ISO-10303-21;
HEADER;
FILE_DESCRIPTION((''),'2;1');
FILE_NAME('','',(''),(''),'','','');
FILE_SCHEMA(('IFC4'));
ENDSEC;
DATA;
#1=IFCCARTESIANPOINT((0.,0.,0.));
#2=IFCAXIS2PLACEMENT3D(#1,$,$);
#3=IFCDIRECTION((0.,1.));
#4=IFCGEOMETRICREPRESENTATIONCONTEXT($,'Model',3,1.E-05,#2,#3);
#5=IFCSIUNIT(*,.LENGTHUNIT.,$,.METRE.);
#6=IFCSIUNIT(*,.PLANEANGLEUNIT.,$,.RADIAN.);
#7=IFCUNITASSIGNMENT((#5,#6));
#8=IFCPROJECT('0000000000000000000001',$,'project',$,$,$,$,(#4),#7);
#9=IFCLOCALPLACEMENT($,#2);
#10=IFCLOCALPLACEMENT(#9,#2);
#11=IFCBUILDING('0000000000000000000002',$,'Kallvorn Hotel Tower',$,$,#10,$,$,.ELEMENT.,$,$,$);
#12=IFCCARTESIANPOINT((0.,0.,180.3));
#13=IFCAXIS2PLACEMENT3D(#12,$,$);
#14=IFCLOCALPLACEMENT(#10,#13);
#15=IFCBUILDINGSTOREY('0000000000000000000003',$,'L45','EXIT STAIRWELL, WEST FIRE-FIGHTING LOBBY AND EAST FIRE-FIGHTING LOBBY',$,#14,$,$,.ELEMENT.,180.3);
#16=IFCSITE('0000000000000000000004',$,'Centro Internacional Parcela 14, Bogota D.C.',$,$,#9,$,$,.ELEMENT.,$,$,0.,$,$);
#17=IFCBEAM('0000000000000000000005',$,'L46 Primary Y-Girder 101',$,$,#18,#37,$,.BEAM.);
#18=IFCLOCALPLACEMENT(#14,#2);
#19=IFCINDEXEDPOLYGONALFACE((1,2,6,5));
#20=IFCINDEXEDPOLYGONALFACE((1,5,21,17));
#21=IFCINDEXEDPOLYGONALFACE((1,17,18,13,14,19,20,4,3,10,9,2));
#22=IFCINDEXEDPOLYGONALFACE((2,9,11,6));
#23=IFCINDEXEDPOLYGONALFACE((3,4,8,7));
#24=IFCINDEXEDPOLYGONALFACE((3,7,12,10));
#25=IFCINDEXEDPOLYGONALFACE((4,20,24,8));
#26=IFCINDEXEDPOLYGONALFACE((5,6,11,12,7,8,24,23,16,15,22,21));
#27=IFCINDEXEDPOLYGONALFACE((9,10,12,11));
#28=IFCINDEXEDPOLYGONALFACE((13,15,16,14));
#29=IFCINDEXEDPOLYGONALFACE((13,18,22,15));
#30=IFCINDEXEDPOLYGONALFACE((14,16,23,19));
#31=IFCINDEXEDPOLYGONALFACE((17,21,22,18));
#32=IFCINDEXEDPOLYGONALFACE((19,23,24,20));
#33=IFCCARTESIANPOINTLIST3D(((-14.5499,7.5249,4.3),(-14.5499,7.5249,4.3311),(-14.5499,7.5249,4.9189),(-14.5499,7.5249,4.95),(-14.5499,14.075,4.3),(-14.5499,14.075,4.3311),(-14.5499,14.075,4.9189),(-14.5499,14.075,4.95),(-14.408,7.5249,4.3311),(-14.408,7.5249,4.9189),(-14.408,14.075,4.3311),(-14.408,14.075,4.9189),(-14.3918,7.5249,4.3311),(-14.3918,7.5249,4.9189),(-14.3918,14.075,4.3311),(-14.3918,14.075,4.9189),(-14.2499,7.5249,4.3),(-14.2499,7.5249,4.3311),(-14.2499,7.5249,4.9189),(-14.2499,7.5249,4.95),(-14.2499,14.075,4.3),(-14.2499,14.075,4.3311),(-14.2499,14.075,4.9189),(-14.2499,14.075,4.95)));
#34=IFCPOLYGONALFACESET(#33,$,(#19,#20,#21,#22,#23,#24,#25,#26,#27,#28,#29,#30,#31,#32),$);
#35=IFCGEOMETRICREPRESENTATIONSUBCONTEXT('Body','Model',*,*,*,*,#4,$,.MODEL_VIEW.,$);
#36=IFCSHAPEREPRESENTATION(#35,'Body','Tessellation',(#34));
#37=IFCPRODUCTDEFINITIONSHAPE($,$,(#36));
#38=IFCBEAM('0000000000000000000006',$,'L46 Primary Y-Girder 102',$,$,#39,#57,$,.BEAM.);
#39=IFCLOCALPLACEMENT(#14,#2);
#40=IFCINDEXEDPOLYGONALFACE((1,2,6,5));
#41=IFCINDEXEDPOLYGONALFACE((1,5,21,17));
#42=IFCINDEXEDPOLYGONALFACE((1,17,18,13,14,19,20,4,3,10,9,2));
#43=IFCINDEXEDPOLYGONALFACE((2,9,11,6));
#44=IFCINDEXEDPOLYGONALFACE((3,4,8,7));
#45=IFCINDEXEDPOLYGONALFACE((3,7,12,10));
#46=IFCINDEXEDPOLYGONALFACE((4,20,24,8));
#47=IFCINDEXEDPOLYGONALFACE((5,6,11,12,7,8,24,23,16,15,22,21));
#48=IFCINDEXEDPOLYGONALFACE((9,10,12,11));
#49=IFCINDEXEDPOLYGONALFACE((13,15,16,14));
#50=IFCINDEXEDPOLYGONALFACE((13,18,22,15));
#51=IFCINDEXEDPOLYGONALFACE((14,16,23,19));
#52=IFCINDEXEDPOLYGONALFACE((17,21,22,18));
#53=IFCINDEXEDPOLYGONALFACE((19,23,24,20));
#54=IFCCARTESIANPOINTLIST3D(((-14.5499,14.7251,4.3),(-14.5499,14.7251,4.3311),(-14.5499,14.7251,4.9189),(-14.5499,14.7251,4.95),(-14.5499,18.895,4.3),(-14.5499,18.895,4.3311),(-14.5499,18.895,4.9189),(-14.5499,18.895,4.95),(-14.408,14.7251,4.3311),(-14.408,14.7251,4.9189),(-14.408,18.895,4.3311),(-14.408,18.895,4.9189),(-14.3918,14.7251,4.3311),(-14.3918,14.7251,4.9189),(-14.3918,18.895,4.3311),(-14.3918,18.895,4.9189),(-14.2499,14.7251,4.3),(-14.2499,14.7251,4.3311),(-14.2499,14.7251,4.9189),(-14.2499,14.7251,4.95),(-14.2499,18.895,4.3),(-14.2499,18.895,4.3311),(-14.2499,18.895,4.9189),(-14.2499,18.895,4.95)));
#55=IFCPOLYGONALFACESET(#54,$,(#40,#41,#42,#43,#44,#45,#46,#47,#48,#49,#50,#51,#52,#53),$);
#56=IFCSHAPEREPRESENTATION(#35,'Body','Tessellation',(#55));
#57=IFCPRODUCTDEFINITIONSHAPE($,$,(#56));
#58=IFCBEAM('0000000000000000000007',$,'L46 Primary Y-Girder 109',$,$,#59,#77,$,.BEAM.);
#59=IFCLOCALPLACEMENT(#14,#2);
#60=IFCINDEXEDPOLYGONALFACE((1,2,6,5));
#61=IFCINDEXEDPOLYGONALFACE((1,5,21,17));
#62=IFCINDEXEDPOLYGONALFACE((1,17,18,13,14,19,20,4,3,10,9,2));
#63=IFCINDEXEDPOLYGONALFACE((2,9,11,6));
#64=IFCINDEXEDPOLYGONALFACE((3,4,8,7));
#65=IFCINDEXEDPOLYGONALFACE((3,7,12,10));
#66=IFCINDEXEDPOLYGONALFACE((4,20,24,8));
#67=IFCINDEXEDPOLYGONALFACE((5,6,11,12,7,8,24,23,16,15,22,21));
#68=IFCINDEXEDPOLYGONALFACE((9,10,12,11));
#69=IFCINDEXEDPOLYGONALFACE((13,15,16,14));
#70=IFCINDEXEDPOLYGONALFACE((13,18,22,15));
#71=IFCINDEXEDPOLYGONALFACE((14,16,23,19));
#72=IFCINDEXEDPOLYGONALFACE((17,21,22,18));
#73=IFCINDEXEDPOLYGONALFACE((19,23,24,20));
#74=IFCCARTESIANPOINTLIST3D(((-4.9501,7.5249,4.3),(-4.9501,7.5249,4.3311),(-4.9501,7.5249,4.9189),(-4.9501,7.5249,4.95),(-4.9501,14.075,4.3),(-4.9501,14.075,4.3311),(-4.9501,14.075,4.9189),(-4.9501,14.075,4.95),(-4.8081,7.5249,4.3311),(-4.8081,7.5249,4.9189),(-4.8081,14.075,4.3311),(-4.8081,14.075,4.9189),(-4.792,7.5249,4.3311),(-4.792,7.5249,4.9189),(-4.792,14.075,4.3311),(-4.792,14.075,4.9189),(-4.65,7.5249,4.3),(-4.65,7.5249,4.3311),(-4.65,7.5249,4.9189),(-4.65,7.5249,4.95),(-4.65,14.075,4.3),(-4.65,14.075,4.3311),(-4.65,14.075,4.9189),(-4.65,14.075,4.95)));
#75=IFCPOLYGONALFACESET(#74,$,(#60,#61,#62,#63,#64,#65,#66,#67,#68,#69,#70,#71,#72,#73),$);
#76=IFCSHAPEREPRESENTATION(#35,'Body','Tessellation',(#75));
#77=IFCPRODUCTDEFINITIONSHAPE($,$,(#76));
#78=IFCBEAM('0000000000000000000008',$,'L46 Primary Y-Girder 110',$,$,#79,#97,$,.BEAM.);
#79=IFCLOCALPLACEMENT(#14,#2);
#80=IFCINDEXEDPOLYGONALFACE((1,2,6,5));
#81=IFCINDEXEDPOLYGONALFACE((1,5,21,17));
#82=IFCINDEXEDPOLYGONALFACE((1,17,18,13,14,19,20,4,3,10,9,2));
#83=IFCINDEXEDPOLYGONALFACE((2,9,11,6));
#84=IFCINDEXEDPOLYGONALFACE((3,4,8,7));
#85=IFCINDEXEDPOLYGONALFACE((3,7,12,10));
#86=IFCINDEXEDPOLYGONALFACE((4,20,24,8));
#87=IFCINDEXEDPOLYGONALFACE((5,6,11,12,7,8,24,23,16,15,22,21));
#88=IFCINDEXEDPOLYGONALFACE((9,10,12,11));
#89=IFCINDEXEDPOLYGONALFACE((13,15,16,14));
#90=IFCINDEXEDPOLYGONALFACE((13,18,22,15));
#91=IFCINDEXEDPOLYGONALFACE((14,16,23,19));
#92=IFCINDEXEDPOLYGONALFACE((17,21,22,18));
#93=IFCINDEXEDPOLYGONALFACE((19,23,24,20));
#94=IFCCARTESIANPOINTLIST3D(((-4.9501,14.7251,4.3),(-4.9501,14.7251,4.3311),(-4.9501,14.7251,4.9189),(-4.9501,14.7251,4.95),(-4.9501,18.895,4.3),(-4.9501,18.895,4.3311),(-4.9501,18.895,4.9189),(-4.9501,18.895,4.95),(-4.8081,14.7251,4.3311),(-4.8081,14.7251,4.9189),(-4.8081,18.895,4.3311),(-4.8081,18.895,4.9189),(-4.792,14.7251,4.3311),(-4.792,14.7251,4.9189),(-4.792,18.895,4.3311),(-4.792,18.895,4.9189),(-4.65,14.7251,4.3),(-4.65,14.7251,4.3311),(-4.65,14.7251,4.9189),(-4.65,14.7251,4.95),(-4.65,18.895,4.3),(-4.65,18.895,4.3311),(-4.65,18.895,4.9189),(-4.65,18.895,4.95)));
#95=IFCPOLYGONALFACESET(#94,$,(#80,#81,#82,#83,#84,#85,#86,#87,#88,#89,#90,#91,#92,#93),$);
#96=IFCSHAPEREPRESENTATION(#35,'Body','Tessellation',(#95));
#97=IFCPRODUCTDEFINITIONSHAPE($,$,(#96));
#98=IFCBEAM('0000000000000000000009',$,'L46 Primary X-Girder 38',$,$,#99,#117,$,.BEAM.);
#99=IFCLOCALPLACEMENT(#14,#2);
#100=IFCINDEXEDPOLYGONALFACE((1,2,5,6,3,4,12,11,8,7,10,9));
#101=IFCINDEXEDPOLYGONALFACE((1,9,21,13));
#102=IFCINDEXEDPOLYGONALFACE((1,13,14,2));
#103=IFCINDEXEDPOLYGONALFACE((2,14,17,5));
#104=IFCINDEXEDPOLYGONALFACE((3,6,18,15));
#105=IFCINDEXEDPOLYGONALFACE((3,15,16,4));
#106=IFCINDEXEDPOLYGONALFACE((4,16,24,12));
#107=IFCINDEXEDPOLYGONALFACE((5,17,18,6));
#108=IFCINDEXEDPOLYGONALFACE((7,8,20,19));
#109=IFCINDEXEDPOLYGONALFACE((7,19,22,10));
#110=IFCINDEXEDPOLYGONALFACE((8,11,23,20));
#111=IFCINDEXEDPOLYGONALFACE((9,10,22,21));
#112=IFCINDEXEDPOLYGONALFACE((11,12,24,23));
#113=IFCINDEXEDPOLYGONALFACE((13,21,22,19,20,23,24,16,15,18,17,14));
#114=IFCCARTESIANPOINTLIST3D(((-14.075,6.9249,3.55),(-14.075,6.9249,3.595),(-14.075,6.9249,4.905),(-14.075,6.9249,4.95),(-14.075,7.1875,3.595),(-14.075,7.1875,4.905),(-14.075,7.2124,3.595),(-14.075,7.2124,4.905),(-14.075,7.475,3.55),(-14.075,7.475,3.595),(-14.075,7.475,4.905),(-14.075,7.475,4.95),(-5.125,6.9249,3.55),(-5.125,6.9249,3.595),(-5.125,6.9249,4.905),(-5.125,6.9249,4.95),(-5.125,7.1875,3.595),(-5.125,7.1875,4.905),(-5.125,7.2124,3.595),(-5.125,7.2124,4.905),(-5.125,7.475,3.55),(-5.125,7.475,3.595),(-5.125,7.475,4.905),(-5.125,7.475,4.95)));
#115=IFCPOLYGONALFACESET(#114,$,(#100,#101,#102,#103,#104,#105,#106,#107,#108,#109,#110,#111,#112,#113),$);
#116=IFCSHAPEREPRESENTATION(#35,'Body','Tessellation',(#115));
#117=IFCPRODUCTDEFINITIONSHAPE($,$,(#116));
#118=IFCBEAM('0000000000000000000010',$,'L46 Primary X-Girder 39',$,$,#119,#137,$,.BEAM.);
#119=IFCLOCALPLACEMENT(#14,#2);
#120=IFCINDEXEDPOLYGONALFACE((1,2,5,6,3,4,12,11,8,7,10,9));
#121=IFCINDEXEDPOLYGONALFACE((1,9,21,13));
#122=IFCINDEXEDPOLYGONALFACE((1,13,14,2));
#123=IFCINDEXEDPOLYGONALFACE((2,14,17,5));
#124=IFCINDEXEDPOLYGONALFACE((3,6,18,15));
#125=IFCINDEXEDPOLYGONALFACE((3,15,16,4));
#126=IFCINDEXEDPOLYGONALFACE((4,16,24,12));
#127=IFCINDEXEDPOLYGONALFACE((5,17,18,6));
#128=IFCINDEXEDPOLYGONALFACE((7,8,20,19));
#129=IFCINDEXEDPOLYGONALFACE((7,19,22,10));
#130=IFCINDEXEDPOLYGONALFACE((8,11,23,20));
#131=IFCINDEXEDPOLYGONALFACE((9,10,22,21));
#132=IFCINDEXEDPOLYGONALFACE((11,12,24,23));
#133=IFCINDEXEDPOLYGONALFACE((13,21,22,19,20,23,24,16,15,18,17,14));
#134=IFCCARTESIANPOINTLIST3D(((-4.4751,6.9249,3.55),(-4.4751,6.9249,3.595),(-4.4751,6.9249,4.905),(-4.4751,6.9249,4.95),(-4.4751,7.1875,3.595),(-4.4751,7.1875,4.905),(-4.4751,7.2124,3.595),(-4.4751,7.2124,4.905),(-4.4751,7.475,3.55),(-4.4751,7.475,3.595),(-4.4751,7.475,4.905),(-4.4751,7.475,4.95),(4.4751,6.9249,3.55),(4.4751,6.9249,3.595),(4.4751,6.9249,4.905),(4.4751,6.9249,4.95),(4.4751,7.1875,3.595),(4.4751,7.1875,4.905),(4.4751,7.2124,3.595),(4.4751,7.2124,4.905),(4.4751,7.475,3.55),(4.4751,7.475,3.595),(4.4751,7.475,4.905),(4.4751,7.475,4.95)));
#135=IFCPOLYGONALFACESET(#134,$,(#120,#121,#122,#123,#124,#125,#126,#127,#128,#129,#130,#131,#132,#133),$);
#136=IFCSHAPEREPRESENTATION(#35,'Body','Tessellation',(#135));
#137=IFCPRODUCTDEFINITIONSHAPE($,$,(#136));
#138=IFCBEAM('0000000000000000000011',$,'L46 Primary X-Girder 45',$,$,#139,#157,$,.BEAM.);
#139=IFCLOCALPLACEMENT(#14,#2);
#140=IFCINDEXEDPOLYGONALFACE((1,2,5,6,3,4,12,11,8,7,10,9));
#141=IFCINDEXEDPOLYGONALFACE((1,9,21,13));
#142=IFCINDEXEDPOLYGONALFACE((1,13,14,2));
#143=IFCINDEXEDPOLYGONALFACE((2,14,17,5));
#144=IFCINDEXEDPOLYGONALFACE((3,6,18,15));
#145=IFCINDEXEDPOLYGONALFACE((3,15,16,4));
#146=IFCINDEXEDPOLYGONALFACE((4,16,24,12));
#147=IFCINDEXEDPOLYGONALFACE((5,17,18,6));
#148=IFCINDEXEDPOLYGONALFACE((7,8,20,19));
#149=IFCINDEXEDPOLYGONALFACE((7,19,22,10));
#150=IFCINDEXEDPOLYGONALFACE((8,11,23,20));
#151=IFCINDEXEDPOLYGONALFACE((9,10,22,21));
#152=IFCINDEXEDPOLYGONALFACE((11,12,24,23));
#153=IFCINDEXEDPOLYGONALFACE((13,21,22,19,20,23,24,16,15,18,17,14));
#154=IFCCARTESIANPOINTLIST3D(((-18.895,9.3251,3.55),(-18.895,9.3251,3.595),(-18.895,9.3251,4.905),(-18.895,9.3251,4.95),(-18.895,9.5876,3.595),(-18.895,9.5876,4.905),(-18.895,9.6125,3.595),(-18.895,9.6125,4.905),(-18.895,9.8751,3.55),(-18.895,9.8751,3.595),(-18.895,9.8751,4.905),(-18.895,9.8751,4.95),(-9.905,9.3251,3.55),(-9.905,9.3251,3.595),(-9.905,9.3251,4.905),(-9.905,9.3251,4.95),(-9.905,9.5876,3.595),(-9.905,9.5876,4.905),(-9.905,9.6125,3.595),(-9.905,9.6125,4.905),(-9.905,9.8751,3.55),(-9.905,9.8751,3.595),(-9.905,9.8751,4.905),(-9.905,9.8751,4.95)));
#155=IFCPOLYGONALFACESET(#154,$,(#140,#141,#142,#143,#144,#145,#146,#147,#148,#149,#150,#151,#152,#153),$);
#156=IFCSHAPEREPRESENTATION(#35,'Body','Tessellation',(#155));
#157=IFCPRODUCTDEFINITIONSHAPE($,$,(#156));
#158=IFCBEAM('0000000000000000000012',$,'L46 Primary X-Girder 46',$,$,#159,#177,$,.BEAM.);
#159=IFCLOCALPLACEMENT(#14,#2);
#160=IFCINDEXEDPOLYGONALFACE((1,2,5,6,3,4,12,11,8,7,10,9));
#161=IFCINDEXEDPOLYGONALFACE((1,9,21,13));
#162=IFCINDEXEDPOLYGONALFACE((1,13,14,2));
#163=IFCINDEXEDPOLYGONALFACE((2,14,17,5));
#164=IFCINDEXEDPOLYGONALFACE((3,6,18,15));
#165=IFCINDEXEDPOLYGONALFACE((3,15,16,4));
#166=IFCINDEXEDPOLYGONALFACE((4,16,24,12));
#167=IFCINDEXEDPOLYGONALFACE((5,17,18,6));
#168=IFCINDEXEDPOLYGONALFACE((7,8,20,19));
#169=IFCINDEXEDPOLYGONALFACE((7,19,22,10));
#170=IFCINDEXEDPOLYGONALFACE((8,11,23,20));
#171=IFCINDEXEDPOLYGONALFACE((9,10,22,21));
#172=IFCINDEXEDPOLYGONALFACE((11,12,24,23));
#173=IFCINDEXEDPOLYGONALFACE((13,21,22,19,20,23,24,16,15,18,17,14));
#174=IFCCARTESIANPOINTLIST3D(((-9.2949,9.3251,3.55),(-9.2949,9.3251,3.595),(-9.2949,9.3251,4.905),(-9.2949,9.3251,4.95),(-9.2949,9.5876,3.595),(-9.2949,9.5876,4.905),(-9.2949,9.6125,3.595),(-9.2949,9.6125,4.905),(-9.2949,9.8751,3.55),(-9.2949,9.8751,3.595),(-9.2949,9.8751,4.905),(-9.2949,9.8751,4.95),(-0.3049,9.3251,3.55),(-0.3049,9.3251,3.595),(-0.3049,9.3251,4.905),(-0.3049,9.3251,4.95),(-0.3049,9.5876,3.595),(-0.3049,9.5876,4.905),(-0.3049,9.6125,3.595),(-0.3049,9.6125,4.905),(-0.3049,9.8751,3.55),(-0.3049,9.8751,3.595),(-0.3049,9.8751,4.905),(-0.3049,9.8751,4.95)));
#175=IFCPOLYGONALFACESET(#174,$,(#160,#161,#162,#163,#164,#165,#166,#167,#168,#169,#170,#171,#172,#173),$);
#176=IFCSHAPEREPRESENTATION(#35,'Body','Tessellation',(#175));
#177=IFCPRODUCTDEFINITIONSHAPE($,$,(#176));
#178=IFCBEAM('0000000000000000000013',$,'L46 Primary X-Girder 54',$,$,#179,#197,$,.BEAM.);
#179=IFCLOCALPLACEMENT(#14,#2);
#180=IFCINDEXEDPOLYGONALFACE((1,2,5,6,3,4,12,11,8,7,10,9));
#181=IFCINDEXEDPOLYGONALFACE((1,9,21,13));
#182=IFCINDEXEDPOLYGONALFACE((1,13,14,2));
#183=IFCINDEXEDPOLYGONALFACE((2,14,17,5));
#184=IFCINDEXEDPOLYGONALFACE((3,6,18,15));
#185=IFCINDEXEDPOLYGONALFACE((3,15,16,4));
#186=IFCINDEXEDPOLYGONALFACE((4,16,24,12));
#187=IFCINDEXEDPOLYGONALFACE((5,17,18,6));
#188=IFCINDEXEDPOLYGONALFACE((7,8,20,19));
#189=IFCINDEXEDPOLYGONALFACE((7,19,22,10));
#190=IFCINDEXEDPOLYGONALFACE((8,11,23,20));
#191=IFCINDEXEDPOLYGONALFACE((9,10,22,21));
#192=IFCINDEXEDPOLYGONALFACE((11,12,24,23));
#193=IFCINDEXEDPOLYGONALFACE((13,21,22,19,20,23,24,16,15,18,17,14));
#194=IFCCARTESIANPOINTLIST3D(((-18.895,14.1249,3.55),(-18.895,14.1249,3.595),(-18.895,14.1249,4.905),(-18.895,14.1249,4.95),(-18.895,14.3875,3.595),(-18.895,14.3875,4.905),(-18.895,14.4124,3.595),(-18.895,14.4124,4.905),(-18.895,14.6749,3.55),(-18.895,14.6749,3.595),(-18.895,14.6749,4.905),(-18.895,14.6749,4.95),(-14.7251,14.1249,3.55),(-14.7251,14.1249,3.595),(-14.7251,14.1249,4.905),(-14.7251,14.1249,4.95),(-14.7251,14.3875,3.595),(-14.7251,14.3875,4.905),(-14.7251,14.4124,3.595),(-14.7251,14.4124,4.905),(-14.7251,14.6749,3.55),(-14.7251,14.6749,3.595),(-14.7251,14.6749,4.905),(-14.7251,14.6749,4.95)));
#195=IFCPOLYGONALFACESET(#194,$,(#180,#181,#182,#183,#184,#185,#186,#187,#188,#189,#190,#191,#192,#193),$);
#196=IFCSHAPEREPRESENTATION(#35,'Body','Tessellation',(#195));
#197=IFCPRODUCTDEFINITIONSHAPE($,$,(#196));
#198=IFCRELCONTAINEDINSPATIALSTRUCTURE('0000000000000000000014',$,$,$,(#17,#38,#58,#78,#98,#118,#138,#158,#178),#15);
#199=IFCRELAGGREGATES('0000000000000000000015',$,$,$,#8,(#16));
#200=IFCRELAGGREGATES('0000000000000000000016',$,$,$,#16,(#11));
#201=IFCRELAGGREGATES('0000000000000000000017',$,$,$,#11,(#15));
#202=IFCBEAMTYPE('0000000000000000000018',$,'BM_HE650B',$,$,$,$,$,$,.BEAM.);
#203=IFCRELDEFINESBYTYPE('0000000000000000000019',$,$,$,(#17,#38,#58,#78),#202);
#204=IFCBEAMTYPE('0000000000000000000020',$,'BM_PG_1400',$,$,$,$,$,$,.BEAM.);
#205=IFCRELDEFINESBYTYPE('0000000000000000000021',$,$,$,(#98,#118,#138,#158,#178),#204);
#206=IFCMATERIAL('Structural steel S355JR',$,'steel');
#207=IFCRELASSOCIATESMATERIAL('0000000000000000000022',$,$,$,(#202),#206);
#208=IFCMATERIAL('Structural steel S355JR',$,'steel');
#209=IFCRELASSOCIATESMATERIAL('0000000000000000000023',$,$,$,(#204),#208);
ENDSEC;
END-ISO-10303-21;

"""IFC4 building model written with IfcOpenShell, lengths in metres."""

from ifc_helpers import new_model, si_unit, direction, frame, origin, origin_2d, place, context, subcontext, project, spatial, i_section, extrude, material, material_profile, profile_set, type_object, element, save


model = new_model("IFC4")

# Units and contexts
model_context = context("Model", 3, precision=1e-05, world=origin(), true_north=direction((0.0, 1.0)))
body_context = subcontext(model_context, "Body", "Model", "MODEL_VIEW")
ifc_project = project(units=[si_unit("LENGTHUNIT", "METRE"), si_unit("PLANEANGLEUNIT", "RADIAN")], contexts=[model_context])

# Site, building, storey
site_placement = place(None, origin())
site = spatial("IfcSite", under=ifc_project, at=site_placement, Name="Centro Internacional Parcela 14, Bogota D.C.", CompositionType="ELEMENT", RefElevation=0.0)
building_placement = place(site_placement, origin())
building = spatial("IfcBuilding", under=site, at=building_placement, Name="Kallvorn Hotel Tower", CompositionType="ELEMENT")
storey_placement = place(building_placement, frame((0.0, 0.0, 180.3)))
storey = spatial("IfcBuildingStorey", under=building, at=storey_placement, Name="L45", Description="EXIT STAIRWELL, WEST FIRE-FIGHTING LOBBY AND EAST FIRE-FIGHTING LOBBY", CompositionType="ELEMENT", Elevation=180.3)

# Beams
ifc_material_1 = material(Name="Structural steel S355JR", Category="steel")
ifc_material_profile_1 = material_profile(ifc_material_1, i_section(OverallWidth=0.3, OverallDepth=0.6499, WebThickness=0.0161, FlangeThickness=0.031, at=origin_2d()), Name="HE 650 B")
ifc_profile_set_1 = profile_set([ifc_material_profile_1], Name="Structural steel S355JR")
beam_type_1 = type_object("IfcBeamType", Name="BM_HE650B", PredefinedType="BEAM", material=ifc_profile_set_1)
beam_1_placement = place(storey_placement, frame((-14.3999, 7.5249, 4.625), z_axis=(0.0, 1.0, 0.0), x_axis=(-1.0, 0.0, 0.0)))
element("IfcBeam", 1, at=beam_1_placement, inside=storey, type_object=beam_type_1, Name="L46 Primary Y-Girder 101", PredefinedType="BEAM", context=body_context, shape_type="SweptSolid", body=[
    extrude(i_section(OverallWidth=0.3, OverallDepth=0.6499, WebThickness=0.0161, FlangeThickness=0.031, at=origin_2d()), origin(), (0.0, 0.0, 1.0), 6.55),
])
beam_2_placement = place(storey_placement, frame((-14.3999, 14.7251, 4.625), z_axis=(0.0, 1.0, 0.0), x_axis=(-1.0, 0.0, 0.0)))
element("IfcBeam", 2, at=beam_2_placement, inside=storey, type_object=beam_type_1, Name="L46 Primary Y-Girder 102", PredefinedType="BEAM", context=body_context, shape_type="SweptSolid", body=[
    extrude(i_section(OverallWidth=0.3, OverallDepth=0.6499, WebThickness=0.0161, FlangeThickness=0.031, at=origin_2d()), origin(), (0.0, 0.0, 1.0), 4.1699),
])
beam_3_placement = place(storey_placement, frame((-4.8, 7.5249, 4.625), z_axis=(0.0, 1.0, 0.0), x_axis=(-1.0, 0.0, 0.0)))
element("IfcBeam", 3, at=beam_3_placement, inside=storey, type_object=beam_type_1, Name="L46 Primary Y-Girder 109", PredefinedType="BEAM", context=body_context, shape_type="SweptSolid", body=[
    extrude(i_section(OverallWidth=0.3, OverallDepth=0.6499, WebThickness=0.0161, FlangeThickness=0.031, at=origin_2d()), origin(), (0.0, 0.0, 1.0), 6.55),
])
beam_4_placement = place(storey_placement, frame((-4.8, 14.7251, 4.625), z_axis=(0.0, 1.0, 0.0), x_axis=(-1.0, 0.0, 0.0)))
element("IfcBeam", 4, at=beam_4_placement, inside=storey, type_object=beam_type_1, Name="L46 Primary Y-Girder 110", PredefinedType="BEAM", context=body_context, shape_type="SweptSolid", body=[
    extrude(i_section(OverallWidth=0.3, OverallDepth=0.6499, WebThickness=0.0161, FlangeThickness=0.031, at=origin_2d()), origin(), (0.0, 0.0, 1.0), 4.1699),
])
ifc_material_2 = material(Name="Structural steel S355JR", Category="steel")
ifc_material_profile_2 = material_profile(ifc_material_2, i_section(OverallWidth=0.55, OverallDepth=1.3999, WebThickness=0.0249, FlangeThickness=0.0449, at=origin_2d()), Name="PG 1400x550x25x45")
ifc_profile_set_2 = profile_set([ifc_material_profile_2], Name="Structural steel S355JR")
beam_type_2 = type_object("IfcBeamType", Name="BM_PG_1400", PredefinedType="BEAM", material=ifc_profile_set_2)
beam_5_placement = place(storey_placement, frame((-14.075, 7.2, 4.25), z_axis=(1.0, 0.0, 0.0), x_axis=(0.0, 1.0, 0.0)))
element("IfcBeam", 5, at=beam_5_placement, inside=storey, type_object=beam_type_2, Name="L46 Primary X-Girder 38", PredefinedType="BEAM", context=body_context, shape_type="SweptSolid", body=[
    extrude(i_section(OverallWidth=0.55, OverallDepth=1.3999, WebThickness=0.0249, FlangeThickness=0.0449, at=origin_2d()), origin(), (0.0, 0.0, 1.0), 8.95),
])
beam_6_placement = place(storey_placement, frame((-4.4751, 7.2, 4.25), z_axis=(1.0, 0.0, 0.0), x_axis=(0.0, 1.0, 0.0)))
element("IfcBeam", 6, at=beam_6_placement, inside=storey, type_object=beam_type_2, Name="L46 Primary X-Girder 39", PredefinedType="BEAM", context=body_context, shape_type="SweptSolid", body=[
    extrude(i_section(OverallWidth=0.55, OverallDepth=1.3999, WebThickness=0.0249, FlangeThickness=0.0449, at=origin_2d()), origin(), (0.0, 0.0, 1.0), 8.9502),
])
for number, where, z_axis, x_axis, name in (
    (7, (-18.895, 9.6001, 4.25), (1.0, 0.0, 0.0), (0.0, 1.0, 0.0), "L46 Primary X-Girder 45"),
    (8, (-9.2949, 9.6001, 4.25), (1.0, 0.0, 0.0), (0.0, 1.0, 0.0), "L46 Primary X-Girder 46"),
):
    element("IfcBeam", number, at=place(storey_placement, frame(where, z_axis=z_axis, x_axis=x_axis)), inside=storey, type_object=beam_type_2, Name=name, PredefinedType="BEAM", context=body_context, shape_type="SweptSolid", body=[
        extrude(i_section(OverallWidth=0.55, OverallDepth=1.3999, WebThickness=0.0249, FlangeThickness=0.0449, at=origin_2d()), origin(), (0.0, 0.0, 1.0), 8.99),
    ])
beam_7_placement = place(storey_placement, frame((-18.895, 14.3999, 4.25), z_axis=(1.0, 0.0, 0.0), x_axis=(0.0, 1.0, 0.0)))
element("IfcBeam", 9, at=beam_7_placement, inside=storey, type_object=beam_type_2, Name="L46 Primary X-Girder 54", PredefinedType="BEAM", context=body_context, shape_type="SweptSolid", body=[
    extrude(i_section(OverallWidth=0.55, OverallDepth=1.3999, WebThickness=0.0249, FlangeThickness=0.0449, at=origin_2d()), origin(), (0.0, 0.0, 1.0), 4.1699),
])

save(model, "model.ifc")
